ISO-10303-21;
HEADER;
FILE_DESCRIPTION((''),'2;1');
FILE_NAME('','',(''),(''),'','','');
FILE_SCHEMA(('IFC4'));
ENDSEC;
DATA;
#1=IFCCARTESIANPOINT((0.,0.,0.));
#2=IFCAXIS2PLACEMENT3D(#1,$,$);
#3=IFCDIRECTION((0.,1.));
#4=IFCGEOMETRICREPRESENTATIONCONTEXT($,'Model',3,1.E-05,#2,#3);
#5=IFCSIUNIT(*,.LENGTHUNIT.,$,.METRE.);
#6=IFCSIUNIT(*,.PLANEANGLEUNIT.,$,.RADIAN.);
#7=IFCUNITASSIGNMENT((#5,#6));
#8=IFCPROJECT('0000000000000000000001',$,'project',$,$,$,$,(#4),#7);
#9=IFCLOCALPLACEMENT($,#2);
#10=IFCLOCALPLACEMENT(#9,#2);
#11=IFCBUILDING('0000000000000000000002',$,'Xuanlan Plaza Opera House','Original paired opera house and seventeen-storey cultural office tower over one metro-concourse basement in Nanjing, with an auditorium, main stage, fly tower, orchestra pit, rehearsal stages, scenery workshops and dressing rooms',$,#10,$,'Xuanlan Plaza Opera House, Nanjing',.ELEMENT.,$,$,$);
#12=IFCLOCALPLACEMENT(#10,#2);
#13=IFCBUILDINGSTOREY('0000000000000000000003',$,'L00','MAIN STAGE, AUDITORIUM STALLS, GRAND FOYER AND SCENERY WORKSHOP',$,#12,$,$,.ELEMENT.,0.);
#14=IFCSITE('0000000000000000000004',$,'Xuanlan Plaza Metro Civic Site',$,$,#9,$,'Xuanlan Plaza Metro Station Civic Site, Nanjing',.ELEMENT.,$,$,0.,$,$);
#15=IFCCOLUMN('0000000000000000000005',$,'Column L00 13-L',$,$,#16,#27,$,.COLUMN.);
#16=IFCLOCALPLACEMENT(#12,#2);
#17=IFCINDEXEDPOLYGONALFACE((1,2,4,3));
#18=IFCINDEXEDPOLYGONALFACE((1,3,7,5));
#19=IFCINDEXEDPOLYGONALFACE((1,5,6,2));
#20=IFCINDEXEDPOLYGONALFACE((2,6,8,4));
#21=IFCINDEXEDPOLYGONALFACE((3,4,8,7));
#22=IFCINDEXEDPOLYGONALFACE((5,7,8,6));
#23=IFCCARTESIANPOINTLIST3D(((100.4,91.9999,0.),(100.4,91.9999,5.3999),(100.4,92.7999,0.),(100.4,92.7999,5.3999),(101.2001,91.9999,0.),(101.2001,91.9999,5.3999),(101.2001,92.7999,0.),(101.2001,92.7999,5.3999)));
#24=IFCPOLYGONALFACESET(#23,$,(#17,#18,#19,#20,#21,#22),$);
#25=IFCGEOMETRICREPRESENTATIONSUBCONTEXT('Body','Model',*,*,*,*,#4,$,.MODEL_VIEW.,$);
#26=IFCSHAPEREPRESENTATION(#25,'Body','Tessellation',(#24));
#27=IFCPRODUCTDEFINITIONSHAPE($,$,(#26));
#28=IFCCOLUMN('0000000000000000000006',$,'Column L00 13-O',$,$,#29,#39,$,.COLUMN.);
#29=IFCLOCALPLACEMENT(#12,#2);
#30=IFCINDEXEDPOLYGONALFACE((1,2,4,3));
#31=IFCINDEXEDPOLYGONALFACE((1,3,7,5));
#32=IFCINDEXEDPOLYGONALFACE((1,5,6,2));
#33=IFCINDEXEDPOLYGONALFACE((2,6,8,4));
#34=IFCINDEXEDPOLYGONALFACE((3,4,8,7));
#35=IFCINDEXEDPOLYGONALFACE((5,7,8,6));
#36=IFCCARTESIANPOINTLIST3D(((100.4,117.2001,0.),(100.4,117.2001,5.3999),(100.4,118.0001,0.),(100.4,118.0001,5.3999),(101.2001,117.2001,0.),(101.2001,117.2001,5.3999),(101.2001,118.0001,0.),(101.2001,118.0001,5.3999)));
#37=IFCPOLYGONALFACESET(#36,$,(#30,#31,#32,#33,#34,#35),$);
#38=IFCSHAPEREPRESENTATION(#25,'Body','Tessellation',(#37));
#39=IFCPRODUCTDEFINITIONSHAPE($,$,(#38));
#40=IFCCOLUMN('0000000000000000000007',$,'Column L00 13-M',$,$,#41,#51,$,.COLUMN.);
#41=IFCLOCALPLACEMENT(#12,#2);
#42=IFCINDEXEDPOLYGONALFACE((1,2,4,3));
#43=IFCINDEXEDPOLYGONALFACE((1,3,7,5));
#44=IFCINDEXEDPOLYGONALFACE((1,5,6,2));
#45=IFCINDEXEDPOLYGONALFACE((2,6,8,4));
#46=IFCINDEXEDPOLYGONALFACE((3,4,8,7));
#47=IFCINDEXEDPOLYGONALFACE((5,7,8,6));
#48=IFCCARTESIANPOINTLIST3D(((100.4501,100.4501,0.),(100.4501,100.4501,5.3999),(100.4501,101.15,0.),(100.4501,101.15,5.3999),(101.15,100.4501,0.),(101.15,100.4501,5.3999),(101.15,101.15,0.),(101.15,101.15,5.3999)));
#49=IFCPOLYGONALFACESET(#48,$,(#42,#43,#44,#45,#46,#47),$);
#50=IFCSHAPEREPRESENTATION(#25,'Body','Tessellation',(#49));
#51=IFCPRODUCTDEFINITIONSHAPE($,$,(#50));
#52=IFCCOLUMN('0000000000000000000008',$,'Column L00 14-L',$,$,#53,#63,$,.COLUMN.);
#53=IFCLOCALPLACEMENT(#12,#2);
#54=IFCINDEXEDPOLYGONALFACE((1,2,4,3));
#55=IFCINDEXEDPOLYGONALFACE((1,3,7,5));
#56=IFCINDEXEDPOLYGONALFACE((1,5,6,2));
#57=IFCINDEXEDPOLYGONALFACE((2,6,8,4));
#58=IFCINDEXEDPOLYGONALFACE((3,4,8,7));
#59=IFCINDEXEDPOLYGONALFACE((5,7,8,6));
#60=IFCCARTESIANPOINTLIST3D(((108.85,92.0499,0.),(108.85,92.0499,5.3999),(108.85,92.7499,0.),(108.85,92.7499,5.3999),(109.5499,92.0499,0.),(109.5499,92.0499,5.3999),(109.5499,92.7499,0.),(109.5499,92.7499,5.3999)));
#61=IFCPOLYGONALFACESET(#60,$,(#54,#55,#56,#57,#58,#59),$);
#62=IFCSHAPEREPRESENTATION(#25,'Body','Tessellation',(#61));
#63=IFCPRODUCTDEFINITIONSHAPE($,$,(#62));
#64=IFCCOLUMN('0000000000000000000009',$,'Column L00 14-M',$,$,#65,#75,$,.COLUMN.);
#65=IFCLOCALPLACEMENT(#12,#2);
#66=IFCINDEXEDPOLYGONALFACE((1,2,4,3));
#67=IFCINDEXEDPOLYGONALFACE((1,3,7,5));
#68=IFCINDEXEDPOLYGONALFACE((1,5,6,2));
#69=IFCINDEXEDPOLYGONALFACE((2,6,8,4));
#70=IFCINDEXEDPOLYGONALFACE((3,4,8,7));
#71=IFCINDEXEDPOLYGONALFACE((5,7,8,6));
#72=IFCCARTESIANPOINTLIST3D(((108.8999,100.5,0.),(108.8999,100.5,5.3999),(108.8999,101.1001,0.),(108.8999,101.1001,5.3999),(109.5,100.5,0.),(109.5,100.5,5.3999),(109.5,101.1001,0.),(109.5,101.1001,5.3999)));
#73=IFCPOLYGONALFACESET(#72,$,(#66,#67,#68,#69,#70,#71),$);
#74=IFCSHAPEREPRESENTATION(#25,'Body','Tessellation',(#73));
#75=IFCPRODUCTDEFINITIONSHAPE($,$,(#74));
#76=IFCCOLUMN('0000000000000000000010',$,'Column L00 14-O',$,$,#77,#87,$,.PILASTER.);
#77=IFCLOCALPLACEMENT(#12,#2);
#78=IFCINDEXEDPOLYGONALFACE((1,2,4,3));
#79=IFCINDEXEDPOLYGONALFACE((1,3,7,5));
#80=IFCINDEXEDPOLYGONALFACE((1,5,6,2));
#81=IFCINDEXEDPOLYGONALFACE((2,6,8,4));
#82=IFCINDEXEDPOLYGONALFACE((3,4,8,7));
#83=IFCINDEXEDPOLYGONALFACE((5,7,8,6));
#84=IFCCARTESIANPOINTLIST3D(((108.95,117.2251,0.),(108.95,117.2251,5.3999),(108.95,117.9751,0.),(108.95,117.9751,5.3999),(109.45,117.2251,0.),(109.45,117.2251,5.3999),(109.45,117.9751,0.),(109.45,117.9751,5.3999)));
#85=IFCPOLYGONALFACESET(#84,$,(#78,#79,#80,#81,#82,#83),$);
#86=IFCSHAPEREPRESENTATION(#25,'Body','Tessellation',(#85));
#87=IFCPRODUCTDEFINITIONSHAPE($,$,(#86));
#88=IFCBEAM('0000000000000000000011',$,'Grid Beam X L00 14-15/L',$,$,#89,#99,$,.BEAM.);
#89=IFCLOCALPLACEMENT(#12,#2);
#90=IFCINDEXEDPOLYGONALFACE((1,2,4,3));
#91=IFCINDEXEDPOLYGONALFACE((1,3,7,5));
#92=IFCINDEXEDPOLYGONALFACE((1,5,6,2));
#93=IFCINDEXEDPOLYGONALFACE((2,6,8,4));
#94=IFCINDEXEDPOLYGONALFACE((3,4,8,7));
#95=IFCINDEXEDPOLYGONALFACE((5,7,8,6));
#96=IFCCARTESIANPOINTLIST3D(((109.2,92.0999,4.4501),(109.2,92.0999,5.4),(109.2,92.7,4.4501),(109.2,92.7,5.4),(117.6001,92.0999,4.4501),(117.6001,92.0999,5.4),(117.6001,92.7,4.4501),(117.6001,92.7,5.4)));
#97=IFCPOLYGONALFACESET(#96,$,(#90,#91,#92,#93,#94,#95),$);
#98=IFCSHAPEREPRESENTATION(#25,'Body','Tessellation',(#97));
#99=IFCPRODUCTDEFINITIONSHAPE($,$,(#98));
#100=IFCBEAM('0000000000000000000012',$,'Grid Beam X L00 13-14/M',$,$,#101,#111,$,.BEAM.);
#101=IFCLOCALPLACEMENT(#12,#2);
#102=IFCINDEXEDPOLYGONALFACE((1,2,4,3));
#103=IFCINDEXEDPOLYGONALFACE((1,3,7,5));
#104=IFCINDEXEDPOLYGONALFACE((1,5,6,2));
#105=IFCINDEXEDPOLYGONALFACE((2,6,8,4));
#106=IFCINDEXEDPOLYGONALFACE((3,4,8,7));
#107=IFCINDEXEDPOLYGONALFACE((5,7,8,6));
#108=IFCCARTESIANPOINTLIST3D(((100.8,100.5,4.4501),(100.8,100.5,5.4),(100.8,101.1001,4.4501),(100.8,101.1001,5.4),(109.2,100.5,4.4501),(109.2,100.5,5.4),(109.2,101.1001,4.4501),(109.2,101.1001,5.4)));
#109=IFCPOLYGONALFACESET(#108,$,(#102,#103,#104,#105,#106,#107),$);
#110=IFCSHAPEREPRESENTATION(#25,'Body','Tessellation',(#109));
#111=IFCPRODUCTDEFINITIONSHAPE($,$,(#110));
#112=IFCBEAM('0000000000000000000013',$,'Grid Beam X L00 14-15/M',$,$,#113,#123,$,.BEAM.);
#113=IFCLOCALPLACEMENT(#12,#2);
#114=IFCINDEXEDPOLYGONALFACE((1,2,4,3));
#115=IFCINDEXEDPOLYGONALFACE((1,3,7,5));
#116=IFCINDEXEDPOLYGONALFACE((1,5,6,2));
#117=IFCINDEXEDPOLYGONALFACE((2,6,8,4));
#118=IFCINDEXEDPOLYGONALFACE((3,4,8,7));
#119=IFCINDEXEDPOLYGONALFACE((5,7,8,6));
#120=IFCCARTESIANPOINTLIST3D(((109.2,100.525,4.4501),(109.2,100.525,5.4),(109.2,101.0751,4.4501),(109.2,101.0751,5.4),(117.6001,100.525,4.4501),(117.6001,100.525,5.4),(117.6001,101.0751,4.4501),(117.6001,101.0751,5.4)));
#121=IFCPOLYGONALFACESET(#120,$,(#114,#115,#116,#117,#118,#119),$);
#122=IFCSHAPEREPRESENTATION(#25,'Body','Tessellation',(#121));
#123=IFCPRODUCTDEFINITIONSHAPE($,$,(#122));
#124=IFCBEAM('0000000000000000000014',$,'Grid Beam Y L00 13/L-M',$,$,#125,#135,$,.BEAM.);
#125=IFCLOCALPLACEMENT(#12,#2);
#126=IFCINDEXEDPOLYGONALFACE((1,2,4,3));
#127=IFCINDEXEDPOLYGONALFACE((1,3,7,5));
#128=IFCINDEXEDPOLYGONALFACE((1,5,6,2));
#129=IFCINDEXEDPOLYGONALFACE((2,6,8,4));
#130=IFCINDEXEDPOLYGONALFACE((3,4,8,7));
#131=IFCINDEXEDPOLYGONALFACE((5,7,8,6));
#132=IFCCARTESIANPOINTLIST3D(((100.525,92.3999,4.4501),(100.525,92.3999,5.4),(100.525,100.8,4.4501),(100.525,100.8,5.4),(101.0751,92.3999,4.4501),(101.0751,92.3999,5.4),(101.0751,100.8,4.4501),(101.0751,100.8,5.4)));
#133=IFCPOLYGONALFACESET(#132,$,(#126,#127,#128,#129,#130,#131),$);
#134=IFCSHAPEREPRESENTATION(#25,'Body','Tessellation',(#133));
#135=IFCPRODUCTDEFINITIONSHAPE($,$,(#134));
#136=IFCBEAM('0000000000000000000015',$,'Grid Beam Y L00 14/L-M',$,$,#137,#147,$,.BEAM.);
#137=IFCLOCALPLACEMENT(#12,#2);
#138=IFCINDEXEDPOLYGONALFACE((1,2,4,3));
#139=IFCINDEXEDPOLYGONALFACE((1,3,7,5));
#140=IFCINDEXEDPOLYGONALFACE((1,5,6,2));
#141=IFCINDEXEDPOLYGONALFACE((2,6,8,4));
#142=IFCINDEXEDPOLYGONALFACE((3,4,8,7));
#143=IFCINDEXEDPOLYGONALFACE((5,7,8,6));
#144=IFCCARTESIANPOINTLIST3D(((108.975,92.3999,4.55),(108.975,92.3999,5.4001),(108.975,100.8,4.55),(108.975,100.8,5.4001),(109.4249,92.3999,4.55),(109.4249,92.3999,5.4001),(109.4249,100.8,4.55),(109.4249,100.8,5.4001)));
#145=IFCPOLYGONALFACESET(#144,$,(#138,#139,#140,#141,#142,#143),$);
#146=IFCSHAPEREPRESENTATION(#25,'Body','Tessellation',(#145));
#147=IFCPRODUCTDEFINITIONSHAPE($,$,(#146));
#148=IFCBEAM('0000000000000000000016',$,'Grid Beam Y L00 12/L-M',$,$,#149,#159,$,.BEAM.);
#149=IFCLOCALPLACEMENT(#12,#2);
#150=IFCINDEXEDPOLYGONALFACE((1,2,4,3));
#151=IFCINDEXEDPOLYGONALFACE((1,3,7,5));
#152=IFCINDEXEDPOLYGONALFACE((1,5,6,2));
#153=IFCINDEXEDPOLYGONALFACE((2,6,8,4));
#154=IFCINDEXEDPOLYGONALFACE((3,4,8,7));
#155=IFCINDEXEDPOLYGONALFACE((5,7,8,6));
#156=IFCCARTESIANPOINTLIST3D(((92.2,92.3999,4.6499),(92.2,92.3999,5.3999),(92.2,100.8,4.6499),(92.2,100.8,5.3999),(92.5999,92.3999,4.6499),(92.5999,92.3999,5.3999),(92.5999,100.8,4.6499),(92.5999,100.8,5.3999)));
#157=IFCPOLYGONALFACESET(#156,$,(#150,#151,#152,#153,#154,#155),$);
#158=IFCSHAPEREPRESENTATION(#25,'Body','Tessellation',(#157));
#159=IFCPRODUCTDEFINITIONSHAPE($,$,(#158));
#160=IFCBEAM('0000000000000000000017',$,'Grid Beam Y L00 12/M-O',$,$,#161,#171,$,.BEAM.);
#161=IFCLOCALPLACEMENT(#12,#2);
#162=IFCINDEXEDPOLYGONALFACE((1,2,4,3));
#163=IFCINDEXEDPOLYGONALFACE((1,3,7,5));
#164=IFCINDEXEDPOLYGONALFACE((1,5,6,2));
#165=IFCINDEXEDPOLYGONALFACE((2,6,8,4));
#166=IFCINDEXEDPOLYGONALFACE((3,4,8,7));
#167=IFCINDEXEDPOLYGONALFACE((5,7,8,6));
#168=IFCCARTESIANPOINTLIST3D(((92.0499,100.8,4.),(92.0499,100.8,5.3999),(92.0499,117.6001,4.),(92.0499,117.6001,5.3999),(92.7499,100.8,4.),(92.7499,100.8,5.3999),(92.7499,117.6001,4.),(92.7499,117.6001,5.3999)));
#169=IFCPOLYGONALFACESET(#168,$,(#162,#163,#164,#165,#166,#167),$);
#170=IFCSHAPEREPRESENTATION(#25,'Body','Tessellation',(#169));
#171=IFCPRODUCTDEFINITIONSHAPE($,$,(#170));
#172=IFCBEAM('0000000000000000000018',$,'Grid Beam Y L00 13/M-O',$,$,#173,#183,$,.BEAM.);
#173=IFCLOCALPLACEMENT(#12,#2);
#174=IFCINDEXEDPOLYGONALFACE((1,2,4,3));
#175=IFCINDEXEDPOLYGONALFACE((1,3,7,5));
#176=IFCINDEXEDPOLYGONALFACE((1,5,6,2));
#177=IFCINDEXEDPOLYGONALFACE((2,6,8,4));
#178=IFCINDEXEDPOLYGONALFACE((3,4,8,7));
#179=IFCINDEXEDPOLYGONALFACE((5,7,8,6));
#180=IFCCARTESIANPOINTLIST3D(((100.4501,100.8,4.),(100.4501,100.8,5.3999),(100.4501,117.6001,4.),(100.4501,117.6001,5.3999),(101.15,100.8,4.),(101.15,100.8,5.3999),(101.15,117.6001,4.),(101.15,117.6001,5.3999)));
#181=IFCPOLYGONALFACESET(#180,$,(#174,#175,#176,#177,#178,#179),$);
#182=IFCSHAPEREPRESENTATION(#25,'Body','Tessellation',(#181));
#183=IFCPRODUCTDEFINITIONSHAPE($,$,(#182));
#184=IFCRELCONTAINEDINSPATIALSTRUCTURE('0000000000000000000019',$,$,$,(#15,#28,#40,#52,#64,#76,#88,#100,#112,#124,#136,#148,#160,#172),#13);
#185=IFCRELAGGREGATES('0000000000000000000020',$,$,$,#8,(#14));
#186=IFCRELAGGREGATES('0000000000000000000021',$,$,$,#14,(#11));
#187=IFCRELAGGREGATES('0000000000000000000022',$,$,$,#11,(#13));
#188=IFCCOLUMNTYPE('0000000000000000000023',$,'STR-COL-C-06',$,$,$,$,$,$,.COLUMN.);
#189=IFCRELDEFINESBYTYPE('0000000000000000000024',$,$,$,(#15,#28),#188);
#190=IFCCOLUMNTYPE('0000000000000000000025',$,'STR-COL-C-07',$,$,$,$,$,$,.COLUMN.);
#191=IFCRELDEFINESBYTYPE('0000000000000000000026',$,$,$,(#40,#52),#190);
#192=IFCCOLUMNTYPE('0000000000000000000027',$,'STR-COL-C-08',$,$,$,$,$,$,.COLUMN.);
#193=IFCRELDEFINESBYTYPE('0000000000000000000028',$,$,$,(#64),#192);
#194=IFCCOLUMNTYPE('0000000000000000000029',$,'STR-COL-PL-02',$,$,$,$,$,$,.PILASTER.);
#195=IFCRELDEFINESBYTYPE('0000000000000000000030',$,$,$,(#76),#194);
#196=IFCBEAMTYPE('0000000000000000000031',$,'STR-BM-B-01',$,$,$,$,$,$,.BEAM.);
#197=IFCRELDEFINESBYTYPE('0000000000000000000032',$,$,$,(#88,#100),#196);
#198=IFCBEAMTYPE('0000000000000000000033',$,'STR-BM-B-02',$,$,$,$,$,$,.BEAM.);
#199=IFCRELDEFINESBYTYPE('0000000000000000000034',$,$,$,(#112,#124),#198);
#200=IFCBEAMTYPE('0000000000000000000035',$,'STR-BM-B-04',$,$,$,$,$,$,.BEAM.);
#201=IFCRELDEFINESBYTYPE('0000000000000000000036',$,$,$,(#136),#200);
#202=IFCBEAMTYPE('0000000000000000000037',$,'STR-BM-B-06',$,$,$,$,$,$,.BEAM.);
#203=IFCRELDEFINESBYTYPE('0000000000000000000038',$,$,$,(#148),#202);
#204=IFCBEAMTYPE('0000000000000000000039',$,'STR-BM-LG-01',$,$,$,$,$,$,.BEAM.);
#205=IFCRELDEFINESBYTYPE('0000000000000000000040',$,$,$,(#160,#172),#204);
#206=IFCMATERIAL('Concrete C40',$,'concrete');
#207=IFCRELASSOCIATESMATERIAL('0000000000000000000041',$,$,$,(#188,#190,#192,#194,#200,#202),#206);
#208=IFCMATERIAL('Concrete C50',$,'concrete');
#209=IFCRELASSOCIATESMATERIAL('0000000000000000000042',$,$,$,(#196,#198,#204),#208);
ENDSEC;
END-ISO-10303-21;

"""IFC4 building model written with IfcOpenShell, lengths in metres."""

from ifc_helpers import new_model, si_unit, direction, frame, origin, origin_2d, place, context, subcontext, project, spatial, rectangle, extrude, material, material_profile, profile_set, type_object, element, save


model = new_model("IFC4")

# Units and contexts
model_context = context("Model", 3, precision=1e-05, world=origin(), true_north=direction((0.0, 1.0)))
body_context = subcontext(model_context, "Body", "Model", "MODEL_VIEW")
ifc_project = project(units=[si_unit("LENGTHUNIT", "METRE"), si_unit("PLANEANGLEUNIT", "RADIAN")], contexts=[model_context])

# Site, building, storey
site_placement = place(None, origin())
site = spatial("IfcSite", under=ifc_project, at=site_placement, Name="Xuanlan Plaza Metro Civic Site", LongName="Xuanlan Plaza Metro Station Civic Site, Nanjing", CompositionType="ELEMENT", RefElevation=0.0)
building_placement = place(site_placement, origin())
building = spatial("IfcBuilding", under=site, at=building_placement, Name="Xuanlan Plaza Opera House", Description="Original paired opera house and seventeen-storey cultural office tower over one metro-concourse basement in Nanjing, with an auditorium, main stage, fly tower, orchestra pit, rehearsal stages, scenery workshops and dressing rooms", LongName="Xuanlan Plaza Opera House, Nanjing", CompositionType="ELEMENT")
storey_placement = place(building_placement, origin())
storey = spatial("IfcBuildingStorey", under=building, at=storey_placement, Name="L00", Description="MAIN STAGE, AUDITORIUM STALLS, GRAND FOYER AND SCENERY WORKSHOP", CompositionType="ELEMENT", Elevation=0.0)

# Columns
ifc_material_1 = material(Name="Concrete C40", Category="concrete")
ifc_material_profile_1 = material_profile(ifc_material_1, rectangle(XDim=0.8, YDim=0.8, at=origin_2d()), Name="RC-COL 800x800")
ifc_profile_set_1 = profile_set([ifc_material_profile_1], Name="Concrete C40")
column_type_1 = type_object("IfcColumnType", Name="STR-COL-C-06", PredefinedType="COLUMN", material=ifc_profile_set_1)
for number, where, z_axis, x_axis, name in (
    (1, (100.8, 92.3999, 0.0), (0.0, 0.0, 1.0), (1.0, 0.0, 0.0), "Column L00 13-L"),
    (2, (100.8, 117.6001, 0.0), (0.0, 0.0, 1.0), (1.0, 0.0, 0.0), "Column L00 13-O"),
):
    element("IfcColumn", number, at=place(storey_placement, frame(where, z_axis=z_axis, x_axis=x_axis)), inside=storey, type_object=column_type_1, Name=name, PredefinedType="COLUMN", context=body_context, shape_type="SweptSolid", body=[
        extrude(rectangle(XDim=0.8, YDim=0.8, at=origin_2d()), origin(), (0.0, 0.0, 1.0), 5.3999),
    ])
ifc_material_profile_2 = material_profile(ifc_material_1, rectangle(XDim=0.7, YDim=0.7, at=origin_2d()), Name="RC-COL 700x700")
ifc_profile_set_2 = profile_set([ifc_material_profile_2], Name="Concrete C40")
column_type_2 = type_object("IfcColumnType", Name="STR-COL-C-07", PredefinedType="COLUMN", material=ifc_profile_set_2)
for number, where, z_axis, x_axis, name in (
    (3, (100.8, 100.8, 0.0), (0.0, 0.0, 1.0), (1.0, 0.0, 0.0), "Column L00 13-M"),
    (4, (109.2, 92.3999, 0.0), (0.0, 0.0, 1.0), (1.0, 0.0, 0.0), "Column L00 14-L"),
):
    element("IfcColumn", number, at=place(storey_placement, frame(where, z_axis=z_axis, x_axis=x_axis)), inside=storey, type_object=column_type_2, Name=name, PredefinedType="COLUMN", context=body_context, shape_type="SweptSolid", body=[
        extrude(rectangle(XDim=0.7, YDim=0.7, at=origin_2d()), origin(), (0.0, 0.0, 1.0), 5.3999),
    ])
ifc_material_profile_3 = material_profile(ifc_material_1, rectangle(XDim=0.6001, YDim=0.6001, at=origin_2d()), Name="RC-COL 600x600")
ifc_profile_set_3 = profile_set([ifc_material_profile_3], Name="Concrete C40")
column_type_3 = type_object("IfcColumnType", Name="STR-COL-C-08", PredefinedType="COLUMN", material=ifc_profile_set_3)
column_1_placement = place(storey_placement, frame((109.2, 100.8, 0.0), z_axis=(0.0, 0.0, 1.0), x_axis=(1.0, 0.0, 0.0)))
element("IfcColumn", 5, at=column_1_placement, inside=storey, type_object=column_type_3, Name="Column L00 14-M", PredefinedType="COLUMN", context=body_context, shape_type="SweptSolid", body=[
    extrude(rectangle(XDim=0.6001, YDim=0.6001, at=origin_2d()), origin(), (0.0, 0.0, 1.0), 5.3999),
])
ifc_material_profile_4 = material_profile(ifc_material_1, rectangle(XDim=0.5, YDim=0.75, at=origin_2d()), Name="RC-PIL 500x750")
ifc_profile_set_4 = profile_set([ifc_material_profile_4], Name="Concrete C40")
column_type_4 = type_object("IfcColumnType", Name="STR-COL-PL-02", PredefinedType="PILASTER", material=ifc_profile_set_4)
column_2_placement = place(storey_placement, frame((109.2, 117.6001, 0.0), z_axis=(0.0, 0.0, 1.0), x_axis=(1.0, 0.0, 0.0)))
element("IfcColumn", 6, at=column_2_placement, inside=storey, type_object=column_type_4, Name="Column L00 14-O", PredefinedType="PILASTER", context=body_context, shape_type="SweptSolid", body=[
    extrude(rectangle(XDim=0.5, YDim=0.75, at=origin_2d()), origin(), (0.0, 0.0, 1.0), 5.3999),
])

# Beams
ifc_material_2 = material(Name="Concrete C50", Category="concrete")
ifc_material_profile_5 = material_profile(ifc_material_2, rectangle(XDim=0.6001, YDim=0.95, at=origin_2d()), Name="RC-BM 600x950")
ifc_profile_set_5 = profile_set([ifc_material_profile_5], Name="Concrete C50")
beam_type_1 = type_object("IfcBeamType", Name="STR-BM-B-01", PredefinedType="BEAM", material=ifc_profile_set_5)
beam_1_placement = place(storey_placement, frame((109.2, 92.3999, 4.925), z_axis=(1.0, 0.0, 0.0), x_axis=(0.0, 1.0, 0.0)))
element("IfcBeam", 7, at=beam_1_placement, inside=storey, type_object=beam_type_1, Name="Grid Beam X L00 14-15/L", PredefinedType="BEAM", context=body_context, shape_type="SweptSolid", body=[
    extrude(rectangle(XDim=0.6001, YDim=0.95, at=origin_2d()), origin(), (0.0, 0.0, 1.0), 8.4001),
])
beam_2_placement = place(storey_placement, frame((100.8, 100.8, 4.925), z_axis=(1.0, 0.0, 0.0), x_axis=(0.0, 1.0, 0.0)))
element("IfcBeam", 8, at=beam_2_placement, inside=storey, type_object=beam_type_1, Name="Grid Beam X L00 13-14/M", PredefinedType="BEAM", context=body_context, shape_type="SweptSolid", body=[
    extrude(rectangle(XDim=0.6001, YDim=0.95, at=origin_2d()), origin(), (0.0, 0.0, 1.0), 8.3999),
])
ifc_material_profile_6 = material_profile(ifc_material_2, rectangle(XDim=0.55, YDim=0.95, at=origin_2d()), Name="RC-BM 550x950")
ifc_profile_set_6 = profile_set([ifc_material_profile_6], Name="Concrete C50")
beam_type_2 = type_object("IfcBeamType", Name="STR-BM-B-02", PredefinedType="BEAM", material=ifc_profile_set_6)
for number, where, z_axis, x_axis, name in (
    (9, (109.2, 100.8, 4.925), (1.0, 0.0, 0.0), (0.0, 1.0, 0.0), "Grid Beam X L00 14-15/M"),
    (10, (100.8, 92.3999, 4.925), (0.0, 1.0, 0.0), (-1.0, 0.0, 0.0), "Grid Beam Y L00 13/L-M"),
):
    element("IfcBeam", number, at=place(storey_placement, frame(where, z_axis=z_axis, x_axis=x_axis)), inside=storey, type_object=beam_type_2, Name=name, PredefinedType="BEAM", context=body_context, shape_type="SweptSolid", body=[
        extrude(rectangle(XDim=0.55, YDim=0.95, at=origin_2d()), origin(), (0.0, 0.0, 1.0), 8.4001),
    ])
ifc_material_profile_7 = material_profile(ifc_material_1, rectangle(XDim=0.45, YDim=0.8501, at=origin_2d()), Name="RC-BM 450x850")
ifc_profile_set_7 = profile_set([ifc_material_profile_7], Name="Concrete C40")
beam_type_3 = type_object("IfcBeamType", Name="STR-BM-B-04", PredefinedType="BEAM", material=ifc_profile_set_7)
beam_3_placement = place(storey_placement, frame((109.2, 92.3999, 4.9751), z_axis=(0.0, 1.0, 0.0), x_axis=(-1.0, 0.0, 0.0)))
element("IfcBeam", 11, at=beam_3_placement, inside=storey, type_object=beam_type_3, Name="Grid Beam Y L00 14/L-M", PredefinedType="BEAM", context=body_context, shape_type="SweptSolid", body=[
    extrude(rectangle(XDim=0.45, YDim=0.8501, at=origin_2d()), origin(), (0.0, 0.0, 1.0), 8.4001),
])
ifc_material_profile_8 = material_profile(ifc_material_1, rectangle(XDim=0.3999, YDim=0.75, at=origin_2d()), Name="RC-BM 400x750")
ifc_profile_set_8 = profile_set([ifc_material_profile_8], Name="Concrete C40")
beam_type_4 = type_object("IfcBeamType", Name="STR-BM-B-06", PredefinedType="BEAM", material=ifc_profile_set_8)
beam_4_placement = place(storey_placement, frame((92.3999, 92.3999, 5.0249), z_axis=(0.0, 1.0, 0.0), x_axis=(-1.0, 0.0, 0.0)))
element("IfcBeam", 12, at=beam_4_placement, inside=storey, type_object=beam_type_4, Name="Grid Beam Y L00 12/L-M", PredefinedType="BEAM", context=body_context, shape_type="SweptSolid", body=[
    extrude(rectangle(XDim=0.3999, YDim=0.75, at=origin_2d()), origin(), (0.0, 0.0, 1.0), 8.4001),
])
ifc_material_profile_9 = material_profile(ifc_material_2, rectangle(XDim=0.7, YDim=1.3999, at=origin_2d()), Name="RC-LG 700x1400")
ifc_profile_set_9 = profile_set([ifc_material_profile_9], Name="Concrete C50")
beam_type_5 = type_object("IfcBeamType", Name="STR-BM-LG-01", PredefinedType="BEAM", material=ifc_profile_set_9)
for number, where, z_axis, x_axis, name in (
    (13, (92.3999, 100.8, 4.7), (0.0, 1.0, 0.0), (-1.0, 0.0, 0.0), "Grid Beam Y L00 12/M-O"),
    (14, (100.8, 100.8, 4.7), (0.0, 1.0, 0.0), (-1.0, 0.0, 0.0), "Grid Beam Y L00 13/M-O"),
):
    element("IfcBeam", number, at=place(storey_placement, frame(where, z_axis=z_axis, x_axis=x_axis)), inside=storey, type_object=beam_type_5, Name=name, PredefinedType="BEAM", context=body_context, shape_type="SweptSolid", body=[
        extrude(rectangle(XDim=0.7, YDim=1.3999, at=origin_2d()), origin(), (0.0, 0.0, 1.0), 16.8),
    ])

save(model, "model.ifc")
